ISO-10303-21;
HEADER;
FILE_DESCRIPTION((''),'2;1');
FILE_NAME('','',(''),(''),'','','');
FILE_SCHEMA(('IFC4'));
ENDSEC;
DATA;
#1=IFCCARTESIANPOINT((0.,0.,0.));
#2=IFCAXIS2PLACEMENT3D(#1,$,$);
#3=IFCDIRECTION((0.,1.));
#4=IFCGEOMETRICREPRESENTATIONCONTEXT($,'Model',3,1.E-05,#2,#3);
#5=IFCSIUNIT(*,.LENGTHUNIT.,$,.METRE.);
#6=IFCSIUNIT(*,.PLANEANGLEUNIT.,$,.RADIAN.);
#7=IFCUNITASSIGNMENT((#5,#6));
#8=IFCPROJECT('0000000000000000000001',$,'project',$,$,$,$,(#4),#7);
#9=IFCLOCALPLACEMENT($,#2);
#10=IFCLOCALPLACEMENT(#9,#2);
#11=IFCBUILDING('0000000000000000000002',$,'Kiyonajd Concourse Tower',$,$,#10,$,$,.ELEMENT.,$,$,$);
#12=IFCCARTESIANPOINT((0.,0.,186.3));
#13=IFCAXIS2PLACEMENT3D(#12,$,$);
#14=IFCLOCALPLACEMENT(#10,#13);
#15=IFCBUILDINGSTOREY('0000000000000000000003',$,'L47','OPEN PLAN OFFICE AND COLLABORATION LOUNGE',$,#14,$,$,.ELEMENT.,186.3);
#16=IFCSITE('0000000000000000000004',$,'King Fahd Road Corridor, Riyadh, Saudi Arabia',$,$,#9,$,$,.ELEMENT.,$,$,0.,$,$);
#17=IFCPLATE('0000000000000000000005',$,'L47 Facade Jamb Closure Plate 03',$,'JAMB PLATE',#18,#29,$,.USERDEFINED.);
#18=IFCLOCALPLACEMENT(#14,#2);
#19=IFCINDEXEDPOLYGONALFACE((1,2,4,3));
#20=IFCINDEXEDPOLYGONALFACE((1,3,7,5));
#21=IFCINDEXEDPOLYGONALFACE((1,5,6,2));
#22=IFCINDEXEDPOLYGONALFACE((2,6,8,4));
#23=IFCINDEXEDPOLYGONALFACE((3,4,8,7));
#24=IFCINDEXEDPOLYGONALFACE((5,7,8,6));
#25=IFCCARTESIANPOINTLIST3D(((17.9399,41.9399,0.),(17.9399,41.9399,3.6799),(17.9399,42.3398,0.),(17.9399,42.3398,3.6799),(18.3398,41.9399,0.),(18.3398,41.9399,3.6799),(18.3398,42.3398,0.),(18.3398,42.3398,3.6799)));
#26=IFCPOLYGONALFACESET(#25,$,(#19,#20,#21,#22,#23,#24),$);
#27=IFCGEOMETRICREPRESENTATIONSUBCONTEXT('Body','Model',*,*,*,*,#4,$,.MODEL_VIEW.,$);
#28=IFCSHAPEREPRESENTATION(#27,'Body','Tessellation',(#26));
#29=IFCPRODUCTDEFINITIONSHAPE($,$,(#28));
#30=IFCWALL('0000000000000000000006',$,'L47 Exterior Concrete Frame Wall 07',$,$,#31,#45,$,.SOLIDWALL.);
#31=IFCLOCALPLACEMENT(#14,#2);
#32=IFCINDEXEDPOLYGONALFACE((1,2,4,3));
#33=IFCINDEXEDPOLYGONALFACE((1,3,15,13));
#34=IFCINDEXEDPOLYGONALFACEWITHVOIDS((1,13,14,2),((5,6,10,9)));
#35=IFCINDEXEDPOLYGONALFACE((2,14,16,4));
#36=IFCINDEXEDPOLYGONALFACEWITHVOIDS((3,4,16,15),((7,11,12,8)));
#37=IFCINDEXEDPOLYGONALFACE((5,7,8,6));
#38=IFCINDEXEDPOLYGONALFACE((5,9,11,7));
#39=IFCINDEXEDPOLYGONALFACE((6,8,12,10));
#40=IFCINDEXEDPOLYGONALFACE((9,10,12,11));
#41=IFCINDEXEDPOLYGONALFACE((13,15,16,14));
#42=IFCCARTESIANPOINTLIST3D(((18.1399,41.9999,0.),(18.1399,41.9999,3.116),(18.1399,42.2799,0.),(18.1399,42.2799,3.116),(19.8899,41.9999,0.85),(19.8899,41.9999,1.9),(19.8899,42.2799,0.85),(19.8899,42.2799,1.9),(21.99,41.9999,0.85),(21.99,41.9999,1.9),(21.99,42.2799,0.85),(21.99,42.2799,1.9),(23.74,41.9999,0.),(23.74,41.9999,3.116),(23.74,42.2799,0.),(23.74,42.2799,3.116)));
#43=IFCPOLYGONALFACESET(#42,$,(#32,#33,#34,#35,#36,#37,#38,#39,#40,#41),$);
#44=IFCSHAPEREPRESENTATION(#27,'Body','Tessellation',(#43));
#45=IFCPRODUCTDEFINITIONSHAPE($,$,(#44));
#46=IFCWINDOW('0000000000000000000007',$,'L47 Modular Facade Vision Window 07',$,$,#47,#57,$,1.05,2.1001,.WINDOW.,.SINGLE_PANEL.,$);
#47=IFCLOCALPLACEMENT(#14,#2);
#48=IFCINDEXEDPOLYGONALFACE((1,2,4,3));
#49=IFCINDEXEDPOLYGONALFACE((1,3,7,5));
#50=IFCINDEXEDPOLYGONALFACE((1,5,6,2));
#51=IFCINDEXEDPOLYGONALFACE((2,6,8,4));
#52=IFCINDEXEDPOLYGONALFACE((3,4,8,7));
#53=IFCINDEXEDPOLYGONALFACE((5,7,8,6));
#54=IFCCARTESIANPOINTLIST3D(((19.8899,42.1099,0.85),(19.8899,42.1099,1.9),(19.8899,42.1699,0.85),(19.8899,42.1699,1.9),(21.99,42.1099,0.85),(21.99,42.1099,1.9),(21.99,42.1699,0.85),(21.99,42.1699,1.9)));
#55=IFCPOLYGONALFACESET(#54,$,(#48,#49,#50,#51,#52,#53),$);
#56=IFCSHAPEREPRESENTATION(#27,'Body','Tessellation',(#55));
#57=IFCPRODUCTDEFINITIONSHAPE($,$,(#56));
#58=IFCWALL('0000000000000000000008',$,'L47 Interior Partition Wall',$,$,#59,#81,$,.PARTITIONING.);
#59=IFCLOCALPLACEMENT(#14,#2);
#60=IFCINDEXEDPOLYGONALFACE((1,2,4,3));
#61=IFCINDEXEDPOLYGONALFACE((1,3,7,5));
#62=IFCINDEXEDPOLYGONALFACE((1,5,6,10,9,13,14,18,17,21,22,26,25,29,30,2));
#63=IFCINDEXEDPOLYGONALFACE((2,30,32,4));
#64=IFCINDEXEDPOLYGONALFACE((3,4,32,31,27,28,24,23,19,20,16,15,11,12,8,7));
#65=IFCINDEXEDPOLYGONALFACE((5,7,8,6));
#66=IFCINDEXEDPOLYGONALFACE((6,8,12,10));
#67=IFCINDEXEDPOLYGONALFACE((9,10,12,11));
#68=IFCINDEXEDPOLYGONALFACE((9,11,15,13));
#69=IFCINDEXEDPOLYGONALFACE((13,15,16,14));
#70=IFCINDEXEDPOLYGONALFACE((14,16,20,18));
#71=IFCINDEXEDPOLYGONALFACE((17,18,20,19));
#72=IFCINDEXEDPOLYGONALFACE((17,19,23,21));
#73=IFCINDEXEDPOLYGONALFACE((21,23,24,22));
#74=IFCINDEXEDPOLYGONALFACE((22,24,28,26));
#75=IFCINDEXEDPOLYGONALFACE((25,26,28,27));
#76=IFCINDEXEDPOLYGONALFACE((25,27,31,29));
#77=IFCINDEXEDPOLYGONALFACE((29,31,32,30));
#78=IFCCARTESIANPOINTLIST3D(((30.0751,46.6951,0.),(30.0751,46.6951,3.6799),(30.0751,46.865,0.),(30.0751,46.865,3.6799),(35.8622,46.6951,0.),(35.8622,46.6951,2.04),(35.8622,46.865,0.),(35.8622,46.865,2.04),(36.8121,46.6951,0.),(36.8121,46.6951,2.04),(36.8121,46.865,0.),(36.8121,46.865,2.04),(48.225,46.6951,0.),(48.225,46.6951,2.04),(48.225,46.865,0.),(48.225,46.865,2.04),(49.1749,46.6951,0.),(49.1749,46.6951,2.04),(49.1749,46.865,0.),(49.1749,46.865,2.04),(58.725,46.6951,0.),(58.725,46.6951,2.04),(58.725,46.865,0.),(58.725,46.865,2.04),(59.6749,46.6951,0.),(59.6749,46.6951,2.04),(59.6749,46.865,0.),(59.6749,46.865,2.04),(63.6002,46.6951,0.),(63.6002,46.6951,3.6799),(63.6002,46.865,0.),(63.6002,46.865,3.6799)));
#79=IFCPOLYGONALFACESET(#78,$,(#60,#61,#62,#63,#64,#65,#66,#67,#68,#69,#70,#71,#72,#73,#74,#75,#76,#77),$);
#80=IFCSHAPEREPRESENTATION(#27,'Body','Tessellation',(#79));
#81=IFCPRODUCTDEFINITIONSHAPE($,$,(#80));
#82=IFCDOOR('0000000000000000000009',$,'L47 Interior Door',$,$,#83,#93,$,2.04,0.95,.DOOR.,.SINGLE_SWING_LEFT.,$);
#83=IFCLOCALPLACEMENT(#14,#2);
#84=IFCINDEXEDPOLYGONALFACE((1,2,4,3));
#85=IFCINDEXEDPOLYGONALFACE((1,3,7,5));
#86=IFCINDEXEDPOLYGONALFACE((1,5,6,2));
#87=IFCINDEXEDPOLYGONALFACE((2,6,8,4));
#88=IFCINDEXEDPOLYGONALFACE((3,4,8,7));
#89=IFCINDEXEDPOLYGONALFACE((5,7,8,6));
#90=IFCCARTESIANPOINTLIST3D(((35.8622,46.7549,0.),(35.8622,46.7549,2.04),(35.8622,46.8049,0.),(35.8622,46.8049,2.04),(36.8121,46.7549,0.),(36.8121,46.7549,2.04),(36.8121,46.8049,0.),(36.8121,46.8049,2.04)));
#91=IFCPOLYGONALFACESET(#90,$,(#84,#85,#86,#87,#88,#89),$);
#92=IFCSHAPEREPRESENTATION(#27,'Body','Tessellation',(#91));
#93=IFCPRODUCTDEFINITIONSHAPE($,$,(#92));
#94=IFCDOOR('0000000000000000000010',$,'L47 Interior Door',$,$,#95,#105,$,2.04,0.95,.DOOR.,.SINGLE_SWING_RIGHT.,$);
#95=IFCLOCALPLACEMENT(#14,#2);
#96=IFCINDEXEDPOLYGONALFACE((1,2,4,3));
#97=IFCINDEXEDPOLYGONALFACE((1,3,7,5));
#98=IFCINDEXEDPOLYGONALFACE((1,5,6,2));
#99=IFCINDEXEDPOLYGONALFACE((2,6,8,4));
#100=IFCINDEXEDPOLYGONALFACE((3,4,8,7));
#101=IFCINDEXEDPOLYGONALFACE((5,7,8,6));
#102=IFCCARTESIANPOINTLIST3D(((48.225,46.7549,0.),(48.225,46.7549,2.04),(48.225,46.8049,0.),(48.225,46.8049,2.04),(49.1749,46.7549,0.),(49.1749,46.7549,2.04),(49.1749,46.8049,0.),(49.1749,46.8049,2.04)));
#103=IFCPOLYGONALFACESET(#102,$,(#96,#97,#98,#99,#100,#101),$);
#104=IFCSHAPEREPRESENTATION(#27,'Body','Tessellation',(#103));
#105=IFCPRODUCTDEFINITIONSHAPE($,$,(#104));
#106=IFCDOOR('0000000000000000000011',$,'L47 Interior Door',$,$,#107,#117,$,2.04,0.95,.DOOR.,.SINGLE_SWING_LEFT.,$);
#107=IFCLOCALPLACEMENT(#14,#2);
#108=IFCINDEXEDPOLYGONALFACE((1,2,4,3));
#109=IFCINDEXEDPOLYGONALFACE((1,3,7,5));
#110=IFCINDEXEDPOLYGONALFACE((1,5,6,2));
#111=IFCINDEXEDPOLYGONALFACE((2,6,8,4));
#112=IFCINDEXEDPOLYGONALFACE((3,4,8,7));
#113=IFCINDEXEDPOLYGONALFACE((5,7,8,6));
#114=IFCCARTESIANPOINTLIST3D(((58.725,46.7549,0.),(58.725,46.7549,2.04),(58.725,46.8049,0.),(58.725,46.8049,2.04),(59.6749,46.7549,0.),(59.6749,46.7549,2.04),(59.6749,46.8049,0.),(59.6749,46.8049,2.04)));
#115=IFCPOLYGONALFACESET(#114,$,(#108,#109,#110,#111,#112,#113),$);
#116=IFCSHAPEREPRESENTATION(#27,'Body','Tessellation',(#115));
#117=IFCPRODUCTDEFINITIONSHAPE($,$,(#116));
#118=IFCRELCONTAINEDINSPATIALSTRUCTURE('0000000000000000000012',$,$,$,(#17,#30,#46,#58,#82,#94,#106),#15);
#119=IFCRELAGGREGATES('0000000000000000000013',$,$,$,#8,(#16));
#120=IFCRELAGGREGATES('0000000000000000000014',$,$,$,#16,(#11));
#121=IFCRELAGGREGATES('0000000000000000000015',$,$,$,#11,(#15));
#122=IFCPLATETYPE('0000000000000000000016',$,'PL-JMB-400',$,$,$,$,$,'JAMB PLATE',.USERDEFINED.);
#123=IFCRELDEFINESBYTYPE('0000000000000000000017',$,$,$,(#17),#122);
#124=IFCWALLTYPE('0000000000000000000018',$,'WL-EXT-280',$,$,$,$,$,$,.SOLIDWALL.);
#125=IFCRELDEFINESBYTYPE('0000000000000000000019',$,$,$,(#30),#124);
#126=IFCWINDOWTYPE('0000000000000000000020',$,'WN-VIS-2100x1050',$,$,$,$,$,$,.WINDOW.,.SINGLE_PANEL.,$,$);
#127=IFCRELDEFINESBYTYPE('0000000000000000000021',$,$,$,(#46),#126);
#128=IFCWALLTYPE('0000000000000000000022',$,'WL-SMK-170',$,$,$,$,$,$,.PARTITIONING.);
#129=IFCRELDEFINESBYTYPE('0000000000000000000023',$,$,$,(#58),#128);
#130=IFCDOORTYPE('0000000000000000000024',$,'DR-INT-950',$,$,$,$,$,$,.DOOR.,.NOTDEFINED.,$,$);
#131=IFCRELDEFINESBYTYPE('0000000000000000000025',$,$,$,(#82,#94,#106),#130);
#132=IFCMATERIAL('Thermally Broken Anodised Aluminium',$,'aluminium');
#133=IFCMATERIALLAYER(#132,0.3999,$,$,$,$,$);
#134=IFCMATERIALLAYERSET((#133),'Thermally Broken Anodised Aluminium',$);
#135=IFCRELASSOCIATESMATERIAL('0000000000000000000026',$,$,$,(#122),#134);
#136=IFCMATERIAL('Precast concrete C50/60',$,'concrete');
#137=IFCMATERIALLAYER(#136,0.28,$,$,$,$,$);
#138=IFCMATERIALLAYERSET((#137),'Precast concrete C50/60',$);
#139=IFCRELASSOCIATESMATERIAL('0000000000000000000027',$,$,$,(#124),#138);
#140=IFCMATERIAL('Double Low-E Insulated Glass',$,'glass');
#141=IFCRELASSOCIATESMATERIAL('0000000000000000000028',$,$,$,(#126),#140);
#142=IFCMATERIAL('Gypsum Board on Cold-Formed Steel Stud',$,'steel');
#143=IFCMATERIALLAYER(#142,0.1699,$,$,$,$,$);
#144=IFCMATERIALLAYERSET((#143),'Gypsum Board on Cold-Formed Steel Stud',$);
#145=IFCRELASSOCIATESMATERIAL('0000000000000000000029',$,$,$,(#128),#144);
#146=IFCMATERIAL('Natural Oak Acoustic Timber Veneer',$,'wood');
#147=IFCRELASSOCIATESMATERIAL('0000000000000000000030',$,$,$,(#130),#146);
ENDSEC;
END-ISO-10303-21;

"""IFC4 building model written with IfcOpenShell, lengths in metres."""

from ifc_helpers import new_model, si_unit, direction, frame, frame_2d, origin, origin_2d, place, context, subcontext, project, spatial, rectangle, extrude, material, layer, layer_set, type_object, element, fill, save


model = new_model("IFC4")

# Units and contexts
model_context = context("Model", 3, precision=1e-05, world=origin(), true_north=direction((0.0, 1.0)))
body_context = subcontext(model_context, "Body", "Model", "MODEL_VIEW")
ifc_project = project(units=[si_unit("LENGTHUNIT", "METRE"), si_unit("PLANEANGLEUNIT", "RADIAN")], contexts=[model_context])

# Site, building, storey
site_placement = place(None, origin())
site = spatial("IfcSite", under=ifc_project, at=site_placement, Name="King Fahd Road Corridor, Riyadh, Saudi Arabia", CompositionType="ELEMENT", RefElevation=0.0)
building_placement = place(site_placement, origin())
building = spatial("IfcBuilding", under=site, at=building_placement, Name="Kiyonajd Concourse Tower", CompositionType="ELEMENT")
storey_placement = place(building_placement, frame((0.0, 0.0, 186.3)))
storey = spatial("IfcBuildingStorey", under=building, at=storey_placement, Name="L47", Description="OPEN PLAN OFFICE AND COLLABORATION LOUNGE", CompositionType="ELEMENT", Elevation=186.3)

# Shared definitions
ifc_material_1 = material(Name="Thermally Broken Anodised Aluminium", Category="aluminium")

# Plate
ifc_material_2 = material(Name="Double Low-E Insulated Glass", Category="glass")
ifc_layer_1 = layer(ifc_material_1, 0.3999)
ifc_layer_set_1 = layer_set([ifc_layer_1], Name="Thermally Broken Anodised Aluminium")
plate_type_1 = type_object("IfcPlateType", Name="PL-JMB-400", ElementType="JAMB PLATE", PredefinedType="USERDEFINED", material=ifc_layer_set_1)
plate_1_placement = place(storey_placement, frame((18.1399, 42.1399, 0.0), z_axis=(0.0, 0.0, 1.0), x_axis=(1.0, 0.0, 0.0)))
element("IfcPlate", 1, at=plate_1_placement, inside=storey, type_object=plate_type_1, Name="L47 Facade Jamb Closure Plate 03", ObjectType="JAMB PLATE", PredefinedType="USERDEFINED", context=body_context, shape_type="SweptSolid", body=[
    extrude(rectangle(XDim=0.3999, YDim=0.3999, at=origin_2d()), origin(), (0.0, 0.0, 1.0), 3.6799),
])

# Wall, opening, window
ifc_material_3 = material(Name="Precast concrete C50/60", Category="concrete")
ifc_layer_2 = layer(ifc_material_3, 0.28)
ifc_layer_set_2 = layer_set([ifc_layer_2], Name="Precast concrete C50/60")
wall_type_1 = type_object("IfcWallType", Name="WL-EXT-280", PredefinedType="SOLIDWALL", material=ifc_layer_set_2)
wall_1_placement = place(storey_placement, frame((23.74, 42.1399, 0.0), z_axis=(0.0, 0.0, 1.0), x_axis=(-1.0, 0.0, 0.0)))
wall_1 = element("IfcWall", 2, at=wall_1_placement, inside=storey, type_object=wall_type_1, Name="L47 Exterior Concrete Frame Wall 07", PredefinedType="SOLIDWALL", context=body_context, shape_type="SweptSolid", body=[
    extrude(rectangle(XDim=5.6001, YDim=0.28, at=frame_2d((2.8, 0.0))), origin(), (0.0, 0.0, 1.0), 3.116),
])
opening_1_placement = place(wall_1_placement, frame((1.75, 0.0, 0.8501)))
opening_1 = element("IfcOpeningElement", 3, at=opening_1_placement, cuts=wall_1, PredefinedType="OPENING", context=body_context, shape_type="SweptSolid", body=[
    extrude(rectangle(XDim=2.1001, YDim=1.05, at=frame_2d((1.05, 0.5249))), frame((0.0, 0.1499, 0.0), z_axis=(0.0, -1.0, 0.0), x_axis=(1.0, 0.0, 0.0)), (0.0, 0.0, 1.0), 0.3),
])
window_type = type_object("IfcWindowType", Name="WN-VIS-2100x1050", PartitioningType="SINGLE_PANEL", PredefinedType="WINDOW", material=ifc_material_2)
window_placement = place(opening_1_placement, origin())
window = element("IfcWindow", 4, at=window_placement, inside=storey, type_object=window_type, Name="L47 Modular Facade Vision Window 07", OverallHeight=1.05, OverallWidth=2.1001, PartitioningType="SINGLE_PANEL", PredefinedType="WINDOW", context=body_context, shape_type="SweptSolid", body=[
    extrude(rectangle(XDim=2.1001, YDim=1.05, at=frame_2d((1.05, 0.5249))), frame((0.0, 0.03, 0.0), z_axis=(0.0, -1.0, 0.0), x_axis=(1.0, 0.0, 0.0)), (0.0, 0.0, 1.0), 0.0601),
])
fill(opening_1, window)

# Wall, openings, doors
ifc_material_4 = material(Name="Gypsum Board on Cold-Formed Steel Stud", Category="steel")
ifc_layer_3 = layer(ifc_material_4, 0.1699)
ifc_layer_set_3 = layer_set([ifc_layer_3], Name="Gypsum Board on Cold-Formed Steel Stud")
wall_type_2 = type_object("IfcWallType", Name="WL-SMK-170", PredefinedType="PARTITIONING", material=ifc_layer_set_3)
wall_2_placement = place(storey_placement, frame((30.075, 46.78, 0.0), z_axis=(0.0, 0.0, 1.0), x_axis=(1.0, 0.0, 0.0)))
wall_2 = element("IfcWall", 5, at=wall_2_placement, inside=storey, type_object=wall_type_2, Name="L47 Interior Partition Wall", PredefinedType="PARTITIONING", context=body_context, shape_type="SweptSolid", body=[
    extrude(rectangle(XDim=33.5251, YDim=0.1699, at=frame_2d((16.7627, 0.0))), origin(), (0.0, 0.0, 1.0), 3.6799),
])
opening_2_placement = place(wall_2_placement, frame((5.7871, 0.0, 0.0)))
opening_2 = element("IfcOpeningElement", 6, at=opening_2_placement, cuts=wall_2, PredefinedType="OPENING", context=body_context, shape_type="SweptSolid", body=[
    extrude(rectangle(XDim=0.95, YDim=2.04, at=frame_2d((0.4751, 1.02))), frame((0.0, 0.095, 0.0), z_axis=(0.0, -1.0, 0.0), x_axis=(1.0, 0.0, 0.0)), (0.0, 0.0, 1.0), 0.1899),
])
opening_3_placement = place(wall_2_placement, frame((18.1499, 0.0, 0.0)))
opening_3 = element("IfcOpeningElement", 7, at=opening_3_placement, cuts=wall_2, PredefinedType="OPENING", context=body_context, shape_type="SweptSolid", body=[
    extrude(rectangle(XDim=0.95, YDim=2.04, at=frame_2d((0.4751, 1.02))), frame((0.0, 0.095, 0.0), z_axis=(0.0, -1.0, 0.0), x_axis=(1.0, 0.0, 0.0)), (0.0, 0.0, 1.0), 0.1899),
])
opening_4_placement = place(wall_2_placement, frame((28.6499, 0.0, 0.0)))
opening_4 = element("IfcOpeningElement", 8, at=opening_4_placement, cuts=wall_2, PredefinedType="OPENING", context=body_context, shape_type="SweptSolid", body=[
    extrude(rectangle(XDim=0.95, YDim=2.04, at=frame_2d((0.4751, 1.02))), frame((0.0, 0.095, 0.0), z_axis=(0.0, -1.0, 0.0), x_axis=(1.0, 0.0, 0.0)), (0.0, 0.0, 1.0), 0.1899),
])
ifc_material_5 = material(Name="Natural Oak Acoustic Timber Veneer", Category="wood")
door_type = type_object("IfcDoorType", Name="DR-INT-950", OperationType="NOTDEFINED", PredefinedType="DOOR", material=ifc_material_5)
door_1_placement = place(opening_2_placement, origin())
door_1 = element("IfcDoor", 9, at=door_1_placement, inside=storey, type_object=door_type, Name="L47 Interior Door", OperationType="SINGLE_SWING_LEFT", OverallHeight=2.04, OverallWidth=0.95, PredefinedType="DOOR", context=body_context, shape_type="SweptSolid", body=[
    extrude(rectangle(XDim=0.95, YDim=2.04, at=frame_2d((0.4751, 1.02))), frame((0.0, 0.0249, 0.0), z_axis=(0.0, -1.0, 0.0), x_axis=(1.0, 0.0, 0.0)), (0.0, 0.0, 1.0), 0.05),
])
fill(opening_2, door_1)
door_2_placement = place(opening_3_placement, origin())
door_2 = element("IfcDoor", 10, at=door_2_placement, inside=storey, type_object=door_type, Name="L47 Interior Door", OperationType="SINGLE_SWING_RIGHT", OverallHeight=2.04, OverallWidth=0.95, PredefinedType="DOOR", context=body_context, shape_type="SweptSolid", body=[
    extrude(rectangle(XDim=0.95, YDim=2.04, at=frame_2d((0.4751, 1.02))), frame((0.0, 0.0249, 0.0), z_axis=(0.0, -1.0, 0.0), x_axis=(1.0, 0.0, 0.0)), (0.0, 0.0, 1.0), 0.05),
])
fill(opening_3, door_2)
door_3_placement = place(opening_4_placement, origin())
door_3 = element("IfcDoor", 11, at=door_3_placement, inside=storey, type_object=door_type, Name="L47 Interior Door", OperationType="SINGLE_SWING_LEFT", OverallHeight=2.04, OverallWidth=0.95, PredefinedType="DOOR", context=body_context, shape_type="SweptSolid", body=[
    extrude(rectangle(XDim=0.95, YDim=2.04, at=frame_2d((0.4751, 1.02))), frame((0.0, 0.0249, 0.0), z_axis=(0.0, -1.0, 0.0), x_axis=(1.0, 0.0, 0.0)), (0.0, 0.0, 1.0), 0.05),
])
fill(opening_4, door_3)

save(model, "model.ifc")
